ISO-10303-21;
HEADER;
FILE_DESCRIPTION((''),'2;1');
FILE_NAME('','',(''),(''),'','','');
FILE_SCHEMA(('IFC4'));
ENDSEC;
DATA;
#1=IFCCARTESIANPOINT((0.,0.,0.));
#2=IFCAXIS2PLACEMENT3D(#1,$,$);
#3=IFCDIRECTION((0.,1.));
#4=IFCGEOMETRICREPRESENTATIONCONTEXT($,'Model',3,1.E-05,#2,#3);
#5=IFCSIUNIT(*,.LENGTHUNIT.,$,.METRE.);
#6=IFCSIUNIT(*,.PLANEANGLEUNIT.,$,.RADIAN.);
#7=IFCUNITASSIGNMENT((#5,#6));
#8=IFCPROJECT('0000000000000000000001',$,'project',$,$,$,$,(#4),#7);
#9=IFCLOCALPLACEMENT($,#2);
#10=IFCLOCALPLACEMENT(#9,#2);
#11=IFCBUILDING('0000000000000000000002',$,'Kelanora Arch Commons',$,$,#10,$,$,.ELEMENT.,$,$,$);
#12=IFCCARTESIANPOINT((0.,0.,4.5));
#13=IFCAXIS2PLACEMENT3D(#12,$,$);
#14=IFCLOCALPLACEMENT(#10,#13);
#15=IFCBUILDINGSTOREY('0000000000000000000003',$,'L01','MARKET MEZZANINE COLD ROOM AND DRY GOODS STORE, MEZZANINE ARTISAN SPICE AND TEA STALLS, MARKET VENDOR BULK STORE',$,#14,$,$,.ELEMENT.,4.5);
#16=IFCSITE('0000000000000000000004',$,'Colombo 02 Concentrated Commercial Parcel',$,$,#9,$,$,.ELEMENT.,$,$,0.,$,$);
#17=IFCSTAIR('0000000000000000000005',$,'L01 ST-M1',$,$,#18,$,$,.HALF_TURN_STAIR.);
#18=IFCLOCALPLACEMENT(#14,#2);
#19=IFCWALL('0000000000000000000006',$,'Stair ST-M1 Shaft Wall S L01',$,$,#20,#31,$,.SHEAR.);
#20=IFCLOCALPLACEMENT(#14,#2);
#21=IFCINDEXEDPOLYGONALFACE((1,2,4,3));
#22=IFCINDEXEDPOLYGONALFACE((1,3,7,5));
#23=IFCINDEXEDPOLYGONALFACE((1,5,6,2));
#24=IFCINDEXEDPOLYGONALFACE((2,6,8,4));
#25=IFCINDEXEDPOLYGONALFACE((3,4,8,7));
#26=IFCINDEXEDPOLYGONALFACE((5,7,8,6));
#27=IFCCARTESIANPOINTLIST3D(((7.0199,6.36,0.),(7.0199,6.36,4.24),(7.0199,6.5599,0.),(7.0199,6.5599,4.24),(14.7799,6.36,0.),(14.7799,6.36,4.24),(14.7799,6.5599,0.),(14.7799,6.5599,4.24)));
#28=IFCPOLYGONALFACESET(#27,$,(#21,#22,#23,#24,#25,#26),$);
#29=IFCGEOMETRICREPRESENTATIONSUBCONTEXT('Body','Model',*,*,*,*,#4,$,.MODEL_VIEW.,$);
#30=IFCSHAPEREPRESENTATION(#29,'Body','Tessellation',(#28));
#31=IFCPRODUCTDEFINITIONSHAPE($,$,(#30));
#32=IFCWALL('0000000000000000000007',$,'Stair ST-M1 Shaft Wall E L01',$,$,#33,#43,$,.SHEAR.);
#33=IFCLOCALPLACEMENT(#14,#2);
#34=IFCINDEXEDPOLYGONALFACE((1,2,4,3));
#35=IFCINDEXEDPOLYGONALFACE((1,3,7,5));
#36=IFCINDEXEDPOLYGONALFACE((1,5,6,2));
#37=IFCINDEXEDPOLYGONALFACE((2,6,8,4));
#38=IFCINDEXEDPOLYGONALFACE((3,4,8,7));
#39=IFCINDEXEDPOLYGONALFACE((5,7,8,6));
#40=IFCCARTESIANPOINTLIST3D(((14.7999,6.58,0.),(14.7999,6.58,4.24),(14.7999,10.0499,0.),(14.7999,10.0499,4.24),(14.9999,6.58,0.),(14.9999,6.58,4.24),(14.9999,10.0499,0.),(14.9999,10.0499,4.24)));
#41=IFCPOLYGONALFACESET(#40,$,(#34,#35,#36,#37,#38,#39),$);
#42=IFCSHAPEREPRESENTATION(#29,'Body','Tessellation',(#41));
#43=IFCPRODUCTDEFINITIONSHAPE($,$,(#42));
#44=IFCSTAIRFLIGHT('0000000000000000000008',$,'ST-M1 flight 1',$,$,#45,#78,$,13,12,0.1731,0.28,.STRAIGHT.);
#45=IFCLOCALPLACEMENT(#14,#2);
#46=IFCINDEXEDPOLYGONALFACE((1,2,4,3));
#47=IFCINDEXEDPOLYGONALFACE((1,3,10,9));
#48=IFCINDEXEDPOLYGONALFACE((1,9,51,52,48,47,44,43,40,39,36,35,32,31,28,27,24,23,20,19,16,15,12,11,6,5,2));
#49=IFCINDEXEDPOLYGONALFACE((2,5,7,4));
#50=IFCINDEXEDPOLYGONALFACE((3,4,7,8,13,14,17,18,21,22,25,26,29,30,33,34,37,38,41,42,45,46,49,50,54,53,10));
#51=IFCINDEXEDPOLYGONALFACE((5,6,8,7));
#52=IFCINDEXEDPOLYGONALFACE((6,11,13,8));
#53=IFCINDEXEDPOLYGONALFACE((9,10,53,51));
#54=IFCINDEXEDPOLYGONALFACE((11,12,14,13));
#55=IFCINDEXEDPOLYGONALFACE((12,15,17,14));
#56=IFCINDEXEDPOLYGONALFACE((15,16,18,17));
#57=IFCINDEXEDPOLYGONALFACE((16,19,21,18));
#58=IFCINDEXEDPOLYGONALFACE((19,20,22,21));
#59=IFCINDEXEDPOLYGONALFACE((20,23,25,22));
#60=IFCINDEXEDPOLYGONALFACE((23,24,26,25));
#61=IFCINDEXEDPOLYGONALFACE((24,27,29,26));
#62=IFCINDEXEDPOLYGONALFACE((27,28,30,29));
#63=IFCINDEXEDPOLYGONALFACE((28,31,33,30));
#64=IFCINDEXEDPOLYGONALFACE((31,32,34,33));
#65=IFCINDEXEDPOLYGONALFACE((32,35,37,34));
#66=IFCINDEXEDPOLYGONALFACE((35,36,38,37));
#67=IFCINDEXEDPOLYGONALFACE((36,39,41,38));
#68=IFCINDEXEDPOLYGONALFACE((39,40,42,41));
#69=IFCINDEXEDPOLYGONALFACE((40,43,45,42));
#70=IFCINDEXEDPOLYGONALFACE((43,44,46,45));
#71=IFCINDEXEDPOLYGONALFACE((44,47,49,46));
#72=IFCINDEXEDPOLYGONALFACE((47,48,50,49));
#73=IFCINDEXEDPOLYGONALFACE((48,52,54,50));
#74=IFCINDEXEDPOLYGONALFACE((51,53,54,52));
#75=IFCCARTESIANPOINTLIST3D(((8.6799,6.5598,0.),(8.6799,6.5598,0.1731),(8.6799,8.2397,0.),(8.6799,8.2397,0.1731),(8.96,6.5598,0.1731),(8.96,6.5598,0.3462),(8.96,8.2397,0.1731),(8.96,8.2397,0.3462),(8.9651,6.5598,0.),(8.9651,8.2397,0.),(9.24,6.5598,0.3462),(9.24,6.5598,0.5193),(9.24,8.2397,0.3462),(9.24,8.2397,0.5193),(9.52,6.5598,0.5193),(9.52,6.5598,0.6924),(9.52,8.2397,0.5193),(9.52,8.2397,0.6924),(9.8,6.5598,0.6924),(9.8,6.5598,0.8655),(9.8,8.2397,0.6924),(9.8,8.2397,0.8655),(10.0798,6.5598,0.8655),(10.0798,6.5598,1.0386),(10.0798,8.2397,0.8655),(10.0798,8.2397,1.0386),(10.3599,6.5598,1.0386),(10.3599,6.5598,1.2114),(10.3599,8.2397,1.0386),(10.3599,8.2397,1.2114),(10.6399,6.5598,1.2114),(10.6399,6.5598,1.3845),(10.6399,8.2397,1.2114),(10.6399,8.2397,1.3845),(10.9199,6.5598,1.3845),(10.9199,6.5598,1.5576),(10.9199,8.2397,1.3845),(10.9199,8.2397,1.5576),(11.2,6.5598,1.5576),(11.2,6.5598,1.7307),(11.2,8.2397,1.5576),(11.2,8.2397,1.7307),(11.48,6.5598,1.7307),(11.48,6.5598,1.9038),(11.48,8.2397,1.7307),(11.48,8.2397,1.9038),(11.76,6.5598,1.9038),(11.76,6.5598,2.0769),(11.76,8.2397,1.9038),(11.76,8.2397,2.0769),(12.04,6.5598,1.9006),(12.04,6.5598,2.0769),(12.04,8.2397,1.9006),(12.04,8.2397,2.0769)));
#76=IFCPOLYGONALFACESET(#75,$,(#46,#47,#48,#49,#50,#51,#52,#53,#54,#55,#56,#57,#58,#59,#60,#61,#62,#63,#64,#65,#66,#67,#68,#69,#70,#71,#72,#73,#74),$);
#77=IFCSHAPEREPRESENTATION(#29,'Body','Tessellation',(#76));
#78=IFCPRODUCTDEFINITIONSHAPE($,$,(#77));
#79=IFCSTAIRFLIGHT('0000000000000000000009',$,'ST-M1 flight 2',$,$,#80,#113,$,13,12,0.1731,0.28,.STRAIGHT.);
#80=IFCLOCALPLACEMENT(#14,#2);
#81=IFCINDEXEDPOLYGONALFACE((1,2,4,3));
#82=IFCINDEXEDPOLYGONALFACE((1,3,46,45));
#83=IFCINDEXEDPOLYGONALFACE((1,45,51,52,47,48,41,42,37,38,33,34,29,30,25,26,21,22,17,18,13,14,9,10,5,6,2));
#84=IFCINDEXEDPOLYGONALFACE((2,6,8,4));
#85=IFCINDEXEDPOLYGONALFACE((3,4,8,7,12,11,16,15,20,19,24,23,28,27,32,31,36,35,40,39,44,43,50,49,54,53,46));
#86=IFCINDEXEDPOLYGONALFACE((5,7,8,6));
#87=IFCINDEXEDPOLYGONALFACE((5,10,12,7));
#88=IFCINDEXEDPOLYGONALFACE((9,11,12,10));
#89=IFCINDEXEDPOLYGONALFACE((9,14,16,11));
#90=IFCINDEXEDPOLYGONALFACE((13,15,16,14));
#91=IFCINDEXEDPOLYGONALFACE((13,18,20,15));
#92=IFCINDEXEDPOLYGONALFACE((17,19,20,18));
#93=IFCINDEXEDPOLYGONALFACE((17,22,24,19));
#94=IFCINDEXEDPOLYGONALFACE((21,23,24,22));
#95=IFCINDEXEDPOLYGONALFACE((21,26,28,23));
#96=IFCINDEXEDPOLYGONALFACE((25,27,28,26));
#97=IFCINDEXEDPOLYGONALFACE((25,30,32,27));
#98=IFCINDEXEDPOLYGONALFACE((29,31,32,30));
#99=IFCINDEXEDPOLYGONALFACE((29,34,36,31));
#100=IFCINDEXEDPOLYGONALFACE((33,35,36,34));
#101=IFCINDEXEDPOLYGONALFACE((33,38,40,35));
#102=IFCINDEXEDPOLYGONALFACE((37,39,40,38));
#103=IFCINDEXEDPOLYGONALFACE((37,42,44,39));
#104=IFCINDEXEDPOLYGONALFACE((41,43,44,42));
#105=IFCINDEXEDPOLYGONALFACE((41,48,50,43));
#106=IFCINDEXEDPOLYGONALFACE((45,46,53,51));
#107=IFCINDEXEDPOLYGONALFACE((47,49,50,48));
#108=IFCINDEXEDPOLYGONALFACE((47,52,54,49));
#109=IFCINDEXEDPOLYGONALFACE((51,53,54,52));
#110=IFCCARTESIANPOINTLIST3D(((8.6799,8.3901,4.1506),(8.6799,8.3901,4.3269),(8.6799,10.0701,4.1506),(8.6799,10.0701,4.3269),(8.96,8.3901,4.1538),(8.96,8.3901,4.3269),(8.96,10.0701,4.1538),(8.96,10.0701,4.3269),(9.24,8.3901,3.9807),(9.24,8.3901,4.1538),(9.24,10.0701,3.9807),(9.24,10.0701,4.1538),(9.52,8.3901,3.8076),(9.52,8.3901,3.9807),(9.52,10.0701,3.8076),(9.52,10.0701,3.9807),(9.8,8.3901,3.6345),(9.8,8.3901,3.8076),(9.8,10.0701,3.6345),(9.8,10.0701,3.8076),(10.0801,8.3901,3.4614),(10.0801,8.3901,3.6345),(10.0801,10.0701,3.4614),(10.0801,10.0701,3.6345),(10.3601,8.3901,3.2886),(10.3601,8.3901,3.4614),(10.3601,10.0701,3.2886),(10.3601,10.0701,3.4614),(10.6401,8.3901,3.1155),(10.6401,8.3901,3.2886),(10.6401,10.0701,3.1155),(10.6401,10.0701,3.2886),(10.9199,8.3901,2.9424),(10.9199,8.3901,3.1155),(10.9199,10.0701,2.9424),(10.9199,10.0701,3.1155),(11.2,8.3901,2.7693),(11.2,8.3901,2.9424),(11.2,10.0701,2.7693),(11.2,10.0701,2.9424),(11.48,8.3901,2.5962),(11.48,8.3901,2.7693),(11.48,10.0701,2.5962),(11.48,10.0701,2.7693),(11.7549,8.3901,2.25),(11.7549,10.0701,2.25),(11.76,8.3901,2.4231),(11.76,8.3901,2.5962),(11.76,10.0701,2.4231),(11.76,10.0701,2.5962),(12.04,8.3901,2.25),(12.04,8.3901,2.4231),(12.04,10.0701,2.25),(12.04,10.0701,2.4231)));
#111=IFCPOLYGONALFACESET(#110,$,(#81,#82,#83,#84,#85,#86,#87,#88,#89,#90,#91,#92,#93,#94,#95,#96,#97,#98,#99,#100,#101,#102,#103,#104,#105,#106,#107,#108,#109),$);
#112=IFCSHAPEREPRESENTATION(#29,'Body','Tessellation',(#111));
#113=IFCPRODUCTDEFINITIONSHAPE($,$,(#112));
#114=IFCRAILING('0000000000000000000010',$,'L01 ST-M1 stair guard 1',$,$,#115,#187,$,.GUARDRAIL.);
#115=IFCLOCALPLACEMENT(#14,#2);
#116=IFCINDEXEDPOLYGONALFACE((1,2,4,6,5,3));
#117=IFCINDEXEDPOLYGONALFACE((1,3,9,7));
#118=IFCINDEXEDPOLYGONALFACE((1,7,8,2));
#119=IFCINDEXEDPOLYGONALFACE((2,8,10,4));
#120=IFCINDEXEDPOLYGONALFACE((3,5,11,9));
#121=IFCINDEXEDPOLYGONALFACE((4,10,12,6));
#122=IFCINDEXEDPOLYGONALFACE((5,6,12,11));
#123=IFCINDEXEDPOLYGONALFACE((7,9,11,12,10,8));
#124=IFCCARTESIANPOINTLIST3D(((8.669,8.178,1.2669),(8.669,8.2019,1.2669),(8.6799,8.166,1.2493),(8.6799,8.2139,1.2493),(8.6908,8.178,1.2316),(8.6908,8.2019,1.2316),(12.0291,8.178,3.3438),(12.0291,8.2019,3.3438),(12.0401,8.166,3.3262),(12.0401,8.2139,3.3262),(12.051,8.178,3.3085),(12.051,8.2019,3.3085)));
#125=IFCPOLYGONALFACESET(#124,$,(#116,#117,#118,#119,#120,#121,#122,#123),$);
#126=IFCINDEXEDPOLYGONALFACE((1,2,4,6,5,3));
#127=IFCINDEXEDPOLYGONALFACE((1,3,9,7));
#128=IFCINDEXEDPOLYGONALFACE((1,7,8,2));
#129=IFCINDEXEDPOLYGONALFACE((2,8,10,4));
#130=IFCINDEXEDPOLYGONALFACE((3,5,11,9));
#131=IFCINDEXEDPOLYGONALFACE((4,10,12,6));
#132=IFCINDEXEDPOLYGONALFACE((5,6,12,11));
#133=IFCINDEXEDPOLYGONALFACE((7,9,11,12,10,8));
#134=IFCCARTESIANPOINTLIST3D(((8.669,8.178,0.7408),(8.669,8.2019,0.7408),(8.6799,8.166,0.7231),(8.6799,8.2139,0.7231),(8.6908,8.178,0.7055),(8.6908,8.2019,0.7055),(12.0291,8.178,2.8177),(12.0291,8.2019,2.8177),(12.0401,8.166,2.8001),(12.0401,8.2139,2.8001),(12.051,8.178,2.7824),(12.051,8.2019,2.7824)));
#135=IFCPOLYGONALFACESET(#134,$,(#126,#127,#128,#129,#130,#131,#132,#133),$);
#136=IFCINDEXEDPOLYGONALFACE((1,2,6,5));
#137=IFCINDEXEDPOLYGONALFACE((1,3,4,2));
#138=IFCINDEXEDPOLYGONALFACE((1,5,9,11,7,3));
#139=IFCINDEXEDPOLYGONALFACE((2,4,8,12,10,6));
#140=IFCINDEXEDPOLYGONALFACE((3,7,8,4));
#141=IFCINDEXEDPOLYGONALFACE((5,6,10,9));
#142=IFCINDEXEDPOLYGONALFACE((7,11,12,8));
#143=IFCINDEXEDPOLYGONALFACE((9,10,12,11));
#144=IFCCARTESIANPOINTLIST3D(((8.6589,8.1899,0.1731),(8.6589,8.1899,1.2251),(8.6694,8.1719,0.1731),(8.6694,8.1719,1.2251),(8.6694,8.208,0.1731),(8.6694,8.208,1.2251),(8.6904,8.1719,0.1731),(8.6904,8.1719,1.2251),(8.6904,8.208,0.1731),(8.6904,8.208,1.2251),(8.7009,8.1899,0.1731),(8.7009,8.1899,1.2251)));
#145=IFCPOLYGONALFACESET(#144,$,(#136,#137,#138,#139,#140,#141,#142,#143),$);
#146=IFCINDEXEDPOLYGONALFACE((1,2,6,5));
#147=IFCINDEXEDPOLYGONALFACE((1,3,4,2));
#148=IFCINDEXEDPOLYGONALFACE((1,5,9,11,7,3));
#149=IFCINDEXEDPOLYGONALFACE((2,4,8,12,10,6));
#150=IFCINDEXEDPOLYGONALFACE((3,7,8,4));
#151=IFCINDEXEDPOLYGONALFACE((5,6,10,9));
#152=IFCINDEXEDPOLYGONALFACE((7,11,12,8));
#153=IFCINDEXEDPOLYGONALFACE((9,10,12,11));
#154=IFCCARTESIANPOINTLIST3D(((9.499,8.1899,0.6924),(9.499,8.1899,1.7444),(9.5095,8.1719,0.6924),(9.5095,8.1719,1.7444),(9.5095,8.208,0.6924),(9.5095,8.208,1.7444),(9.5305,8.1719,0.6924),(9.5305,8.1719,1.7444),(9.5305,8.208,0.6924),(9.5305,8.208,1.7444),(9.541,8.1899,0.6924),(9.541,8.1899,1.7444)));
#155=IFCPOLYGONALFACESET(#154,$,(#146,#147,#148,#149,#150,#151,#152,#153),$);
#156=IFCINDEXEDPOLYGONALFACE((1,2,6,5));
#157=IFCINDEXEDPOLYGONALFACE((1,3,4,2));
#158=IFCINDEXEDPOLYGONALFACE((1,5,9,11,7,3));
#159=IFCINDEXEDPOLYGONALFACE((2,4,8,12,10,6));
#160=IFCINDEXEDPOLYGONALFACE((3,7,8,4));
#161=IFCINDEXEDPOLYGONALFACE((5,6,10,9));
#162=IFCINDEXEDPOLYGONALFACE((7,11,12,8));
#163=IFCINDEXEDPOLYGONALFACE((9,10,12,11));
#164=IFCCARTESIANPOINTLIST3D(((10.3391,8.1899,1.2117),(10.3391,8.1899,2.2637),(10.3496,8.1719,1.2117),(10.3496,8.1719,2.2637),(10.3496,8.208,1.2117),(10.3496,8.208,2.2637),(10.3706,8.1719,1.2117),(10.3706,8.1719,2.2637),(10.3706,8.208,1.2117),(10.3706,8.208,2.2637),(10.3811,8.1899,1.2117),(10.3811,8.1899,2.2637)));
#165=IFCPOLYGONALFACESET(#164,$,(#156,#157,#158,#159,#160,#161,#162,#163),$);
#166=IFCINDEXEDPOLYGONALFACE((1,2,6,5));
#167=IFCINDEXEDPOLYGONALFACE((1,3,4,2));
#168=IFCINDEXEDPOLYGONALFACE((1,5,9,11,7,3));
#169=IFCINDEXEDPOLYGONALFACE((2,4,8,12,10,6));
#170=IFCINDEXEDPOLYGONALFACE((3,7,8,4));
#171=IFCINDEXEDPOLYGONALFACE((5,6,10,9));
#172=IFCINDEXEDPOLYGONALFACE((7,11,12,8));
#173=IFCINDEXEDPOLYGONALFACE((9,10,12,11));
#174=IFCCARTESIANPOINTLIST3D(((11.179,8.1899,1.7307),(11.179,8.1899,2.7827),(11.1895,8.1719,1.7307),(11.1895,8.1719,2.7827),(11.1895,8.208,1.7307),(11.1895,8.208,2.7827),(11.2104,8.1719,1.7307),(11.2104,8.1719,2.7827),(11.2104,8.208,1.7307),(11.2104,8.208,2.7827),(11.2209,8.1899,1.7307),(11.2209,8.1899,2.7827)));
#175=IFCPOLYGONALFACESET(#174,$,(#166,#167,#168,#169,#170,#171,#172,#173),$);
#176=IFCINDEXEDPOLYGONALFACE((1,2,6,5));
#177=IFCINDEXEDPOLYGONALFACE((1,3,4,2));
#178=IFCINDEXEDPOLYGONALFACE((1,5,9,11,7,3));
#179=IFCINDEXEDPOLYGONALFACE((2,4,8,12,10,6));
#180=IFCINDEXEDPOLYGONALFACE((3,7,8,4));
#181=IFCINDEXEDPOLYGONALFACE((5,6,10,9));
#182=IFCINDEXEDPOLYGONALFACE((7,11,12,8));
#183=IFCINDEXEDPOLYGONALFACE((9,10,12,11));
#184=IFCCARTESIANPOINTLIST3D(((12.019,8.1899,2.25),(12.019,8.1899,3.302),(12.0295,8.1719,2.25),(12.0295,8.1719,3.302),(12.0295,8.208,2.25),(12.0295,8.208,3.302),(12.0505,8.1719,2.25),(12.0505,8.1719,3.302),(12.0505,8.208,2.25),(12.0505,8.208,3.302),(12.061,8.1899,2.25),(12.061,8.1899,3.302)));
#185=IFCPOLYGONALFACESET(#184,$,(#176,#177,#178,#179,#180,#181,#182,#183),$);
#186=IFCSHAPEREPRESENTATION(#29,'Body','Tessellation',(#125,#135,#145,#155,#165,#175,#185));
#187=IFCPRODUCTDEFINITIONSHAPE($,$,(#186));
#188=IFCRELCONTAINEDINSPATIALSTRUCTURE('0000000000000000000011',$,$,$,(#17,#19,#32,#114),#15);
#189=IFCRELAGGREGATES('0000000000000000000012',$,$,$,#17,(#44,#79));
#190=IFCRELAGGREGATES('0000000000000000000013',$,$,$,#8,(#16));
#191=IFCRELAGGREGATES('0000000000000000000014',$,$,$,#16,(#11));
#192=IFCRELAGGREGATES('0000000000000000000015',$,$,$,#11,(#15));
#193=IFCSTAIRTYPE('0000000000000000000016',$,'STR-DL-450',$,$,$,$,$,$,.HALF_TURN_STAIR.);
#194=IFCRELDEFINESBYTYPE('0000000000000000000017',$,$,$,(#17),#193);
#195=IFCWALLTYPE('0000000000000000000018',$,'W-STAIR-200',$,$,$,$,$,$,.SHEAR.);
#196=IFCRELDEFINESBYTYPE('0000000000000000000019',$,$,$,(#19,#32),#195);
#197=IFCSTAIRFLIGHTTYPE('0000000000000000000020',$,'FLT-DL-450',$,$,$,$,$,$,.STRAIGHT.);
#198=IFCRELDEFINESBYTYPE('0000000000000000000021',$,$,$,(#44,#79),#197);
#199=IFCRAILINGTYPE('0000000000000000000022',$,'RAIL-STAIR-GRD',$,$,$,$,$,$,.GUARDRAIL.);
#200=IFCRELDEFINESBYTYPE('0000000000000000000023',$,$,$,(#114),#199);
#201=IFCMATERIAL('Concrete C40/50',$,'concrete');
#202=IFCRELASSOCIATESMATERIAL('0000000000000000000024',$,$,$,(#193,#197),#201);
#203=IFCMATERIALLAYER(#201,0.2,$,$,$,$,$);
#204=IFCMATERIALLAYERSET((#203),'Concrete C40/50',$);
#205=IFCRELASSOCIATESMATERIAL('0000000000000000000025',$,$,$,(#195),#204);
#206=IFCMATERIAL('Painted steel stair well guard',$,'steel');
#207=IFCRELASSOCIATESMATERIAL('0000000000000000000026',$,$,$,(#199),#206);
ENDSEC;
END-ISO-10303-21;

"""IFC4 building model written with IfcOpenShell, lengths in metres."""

from ifc_helpers import new_model, si_unit, direction, frame, frame_2d, origin, place, context, subcontext, project, spatial, polyline, rectangle, outline, extrude, material, layer, layer_set, type_object, element, aggregate, save


model = new_model("IFC4")

# Units and contexts
model_context = context("Model", 3, precision=1e-05, world=origin(), true_north=direction((0.0, 1.0)))
body_context = subcontext(model_context, "Body", "Model", "MODEL_VIEW")
ifc_project = project(units=[si_unit("LENGTHUNIT", "METRE"), si_unit("PLANEANGLEUNIT", "RADIAN")], contexts=[model_context])

# Site, building, storey
site_placement = place(None, origin())
site = spatial("IfcSite", under=ifc_project, at=site_placement, Name="Colombo 02 Concentrated Commercial Parcel", CompositionType="ELEMENT", RefElevation=0.0)
building_placement = place(site_placement, origin())
building = spatial("IfcBuilding", under=site, at=building_placement, Name="Kelanora Arch Commons", CompositionType="ELEMENT")
storey_placement = place(building_placement, frame((0.0, 0.0, 4.5)))
storey = spatial("IfcBuildingStorey", under=building, at=storey_placement, Name="L01", Description="MARKET MEZZANINE COLD ROOM AND DRY GOODS STORE, MEZZANINE ARTISAN SPICE AND TEA STALLS, MARKET VENDOR BULK STORE", CompositionType="ELEMENT", Elevation=4.5)

# Shared definitions
ifc_material_1 = material(Name="Concrete C40/50", Category="concrete")

# Stair
stair_type = type_object("IfcStairType", Name="STR-DL-450", PredefinedType="HALF_TURN_STAIR", material=ifc_material_1)
stair_1_placement = place(storey_placement, origin())
stair_1 = element("IfcStair", 1, at=stair_1_placement, inside=storey, type_object=stair_type, Name="L01 ST-M1", PredefinedType="HALF_TURN_STAIR")

# Walls
ifc_layer_1 = layer(ifc_material_1, 0.2)
ifc_layer_set_1 = layer_set([ifc_layer_1], Name="Concrete C40/50")
wall_type_1 = type_object("IfcWallType", Name="W-STAIR-200", PredefinedType="SHEAR", material=ifc_layer_set_1)
wall_1_placement = place(storey_placement, frame((7.02, 6.46, 0.0), z_axis=(0.0, 0.0, 1.0), x_axis=(1.0, 0.0, 0.0)))
element("IfcWall", 2, at=wall_1_placement, inside=storey, type_object=wall_type_1, Name="Stair ST-M1 Shaft Wall S L01", PredefinedType="SHEAR", context=body_context, shape_type="SweptSolid", body=[
    extrude(rectangle(XDim=7.76, YDim=0.2, at=frame_2d((3.8799, 0.0))), origin(), (0.0, 0.0, 1.0), 4.24),
])
wall_2_placement = place(storey_placement, frame((14.8999, 6.5801, 0.0), z_axis=(0.0, 0.0, 1.0), x_axis=(0.0, 1.0, 0.0)))
element("IfcWall", 3, at=wall_2_placement, inside=storey, type_object=wall_type_1, Name="Stair ST-M1 Shaft Wall E L01", PredefinedType="SHEAR", context=body_context, shape_type="SweptSolid", body=[
    extrude(rectangle(XDim=3.47, YDim=0.2, at=frame_2d((1.7349, 0.0))), origin(), (0.0, 0.0, 1.0), 4.24),
])

# Stair flights
stair_flight_type = type_object("IfcStairFlightType", Name="FLT-DL-450", PredefinedType="STRAIGHT", material=ifc_material_1)
stair_flight_1_placement = place(storey_placement, frame((8.6799, 7.3999, 0.0), z_axis=(0.0, 0.0, 1.0), x_axis=(1.0, 0.0, 0.0)))
stair_flight_1 = element("IfcStairFlight", 4, at=stair_flight_1_placement, type_object=stair_flight_type, Name="ST-M1 flight 1", NumberOfRisers=13, NumberOfTreads=12, PredefinedType="STRAIGHT", RiserHeight=0.1731, TreadLength=0.28, context=body_context, shape_type="SweptSolid", body=[
    extrude(outline(polyline([(0.0, 0.0), (0.0, 0.1731), (0.28, 0.1731), (0.28, 0.3462), (0.5601, 0.3462), (0.5601, 0.5193), (0.8401, 0.5193), (0.8401, 0.6924), (1.1201, 0.6924), (1.1201, 0.8655), (1.3999, 0.8655), (1.3999, 1.0386), (1.6799, 1.0386), (1.6799, 1.2114), (1.96, 1.2114), (1.96, 1.3845), (2.24, 1.3845), (2.24, 1.5576), (2.52, 1.5576), (2.52, 1.7307), (2.8, 1.7307), (2.8, 1.9038), (3.0801, 1.9038), (3.0801, 2.0769), (3.3601, 2.0769), (3.3601, 2.25), (3.3601, 1.9006), (0.2852, 0.0), (0.0, 0.0)])), frame((0.0, 0.8398, 0.0), z_axis=(0.0, -1.0, 0.0), x_axis=(1.0, 0.0, 0.0)), (0.0, 0.0, 1.0), 1.6799),
])
stair_flight_2_placement = place(storey_placement, frame((12.04, 9.23, 2.25), z_axis=(0.0, 0.0, 1.0), x_axis=(-1.0, 0.0, 0.0)))
stair_flight_2 = element("IfcStairFlight", 5, at=stair_flight_2_placement, type_object=stair_flight_type, Name="ST-M1 flight 2", NumberOfRisers=13, NumberOfTreads=12, PredefinedType="STRAIGHT", RiserHeight=0.1731, TreadLength=0.28, context=body_context, shape_type="SweptSolid", body=[
    extrude(outline(polyline([(0.0, 0.0), (0.0, 0.1731), (0.28, 0.1731), (0.28, 0.3462), (0.5601, 0.3462), (0.5601, 0.5193), (0.8401, 0.5193), (0.8401, 0.6924), (1.1201, 0.6924), (1.1201, 0.8655), (1.3999, 0.8655), (1.3999, 1.0386), (1.6799, 1.0386), (1.6799, 1.2114), (1.96, 1.2114), (1.96, 1.3845), (2.24, 1.3845), (2.24, 1.5576), (2.52, 1.5576), (2.52, 1.7307), (2.8, 1.7307), (2.8, 1.9038), (3.0801, 1.9038), (3.0801, 2.0769), (3.3601, 2.0769), (3.3601, 2.25), (3.3601, 1.9006), (0.2852, 0.0), (0.0, 0.0)])), frame((0.0, 0.8398, 0.0), z_axis=(0.0, -1.0, 0.0), x_axis=(1.0, 0.0, 0.0)), (0.0, 0.0, 1.0), 1.6799),
])
aggregate(stair_1, [stair_flight_1, stair_flight_2])

# Railing
ifc_material_2 = material(Name="Painted steel stair well guard", Category="steel")
railing_type_1 = type_object("IfcRailingType", Name="RAIL-STAIR-GRD", PredefinedType="GUARDRAIL", material=ifc_material_2)
railing_1_placement = place(storey_placement, frame((8.6799, 8.1899, 0.1731)))
element("IfcRailing", 6, at=railing_1_placement, inside=storey, type_object=railing_type_1, Name="L01 ST-M1 stair guard 1", PredefinedType="GUARDRAIL", context=body_context, shape_type="SweptSolid", body=[
    extrude(outline(polyline([(0.0239, 0.0), (0.012, 0.0208), (-0.012, 0.0208), (-0.0239, 0.0), (-0.012, -0.0208), (0.012, -0.0208), (0.0239, 0.0)])), frame((0.0, 0.0, 1.0762), z_axis=(0.850623, 0.0, 0.525776), x_axis=(0.0, 1.0, 0.0)), (0.0, 0.0, 1.0), 3.9502),
    extrude(outline(polyline([(0.0239, 0.0), (0.012, 0.0208), (-0.012, 0.0208), (-0.0239, 0.0), (-0.012, -0.0208), (0.012, -0.0208), (0.0239, 0.0)])), frame((0.0, 0.0, 0.55), z_axis=(0.850623, 0.0, 0.525776), x_axis=(0.0, 1.0, 0.0)), (0.0, 0.0, 1.0), 3.9502),
    extrude(outline(polyline([(0.021, 0.0), (0.0105, 0.0181), (-0.0105, 0.0181), (-0.021, 0.0), (-0.0105, -0.0181), (0.0105, -0.0181), (0.021, 0.0)])), origin(), (0.0, 0.0, 1.0), 1.052),
    extrude(outline(polyline([(0.021, 0.0), (0.0105, 0.0181), (-0.0105, 0.0181), (-0.021, 0.0), (-0.0105, -0.0181), (0.0105, -0.0181), (0.021, 0.0)])), frame((0.8401, 0.0, 0.5193)), (0.0, 0.0, 1.0), 1.052),
    extrude(outline(polyline([(0.021, 0.0), (0.0105, 0.0181), (-0.0105, 0.0181), (-0.021, 0.0), (-0.0105, -0.0181), (0.0105, -0.0181), (0.021, 0.0)])), frame((1.6802, 0.0, 1.0386)), (0.0, 0.0, 1.0), 1.052),
    extrude(outline(polyline([(0.021, 0.0), (0.0105, 0.0181), (-0.0105, 0.0181), (-0.021, 0.0), (-0.0105, -0.0181), (0.0105, -0.0181), (0.021, 0.0)])), frame((2.52, 0.0, 1.5576)), (0.0, 0.0, 1.0), 1.052),
    extrude(outline(polyline([(0.021, 0.0), (0.0105, 0.0181), (-0.0105, 0.0181), (-0.021, 0.0), (-0.0105, -0.0181), (0.0105, -0.0181), (0.021, 0.0)])), frame((3.3601, 0.0, 2.0769)), (0.0, 0.0, 1.0), 1.052),
])

save(model, "model.ifc")
